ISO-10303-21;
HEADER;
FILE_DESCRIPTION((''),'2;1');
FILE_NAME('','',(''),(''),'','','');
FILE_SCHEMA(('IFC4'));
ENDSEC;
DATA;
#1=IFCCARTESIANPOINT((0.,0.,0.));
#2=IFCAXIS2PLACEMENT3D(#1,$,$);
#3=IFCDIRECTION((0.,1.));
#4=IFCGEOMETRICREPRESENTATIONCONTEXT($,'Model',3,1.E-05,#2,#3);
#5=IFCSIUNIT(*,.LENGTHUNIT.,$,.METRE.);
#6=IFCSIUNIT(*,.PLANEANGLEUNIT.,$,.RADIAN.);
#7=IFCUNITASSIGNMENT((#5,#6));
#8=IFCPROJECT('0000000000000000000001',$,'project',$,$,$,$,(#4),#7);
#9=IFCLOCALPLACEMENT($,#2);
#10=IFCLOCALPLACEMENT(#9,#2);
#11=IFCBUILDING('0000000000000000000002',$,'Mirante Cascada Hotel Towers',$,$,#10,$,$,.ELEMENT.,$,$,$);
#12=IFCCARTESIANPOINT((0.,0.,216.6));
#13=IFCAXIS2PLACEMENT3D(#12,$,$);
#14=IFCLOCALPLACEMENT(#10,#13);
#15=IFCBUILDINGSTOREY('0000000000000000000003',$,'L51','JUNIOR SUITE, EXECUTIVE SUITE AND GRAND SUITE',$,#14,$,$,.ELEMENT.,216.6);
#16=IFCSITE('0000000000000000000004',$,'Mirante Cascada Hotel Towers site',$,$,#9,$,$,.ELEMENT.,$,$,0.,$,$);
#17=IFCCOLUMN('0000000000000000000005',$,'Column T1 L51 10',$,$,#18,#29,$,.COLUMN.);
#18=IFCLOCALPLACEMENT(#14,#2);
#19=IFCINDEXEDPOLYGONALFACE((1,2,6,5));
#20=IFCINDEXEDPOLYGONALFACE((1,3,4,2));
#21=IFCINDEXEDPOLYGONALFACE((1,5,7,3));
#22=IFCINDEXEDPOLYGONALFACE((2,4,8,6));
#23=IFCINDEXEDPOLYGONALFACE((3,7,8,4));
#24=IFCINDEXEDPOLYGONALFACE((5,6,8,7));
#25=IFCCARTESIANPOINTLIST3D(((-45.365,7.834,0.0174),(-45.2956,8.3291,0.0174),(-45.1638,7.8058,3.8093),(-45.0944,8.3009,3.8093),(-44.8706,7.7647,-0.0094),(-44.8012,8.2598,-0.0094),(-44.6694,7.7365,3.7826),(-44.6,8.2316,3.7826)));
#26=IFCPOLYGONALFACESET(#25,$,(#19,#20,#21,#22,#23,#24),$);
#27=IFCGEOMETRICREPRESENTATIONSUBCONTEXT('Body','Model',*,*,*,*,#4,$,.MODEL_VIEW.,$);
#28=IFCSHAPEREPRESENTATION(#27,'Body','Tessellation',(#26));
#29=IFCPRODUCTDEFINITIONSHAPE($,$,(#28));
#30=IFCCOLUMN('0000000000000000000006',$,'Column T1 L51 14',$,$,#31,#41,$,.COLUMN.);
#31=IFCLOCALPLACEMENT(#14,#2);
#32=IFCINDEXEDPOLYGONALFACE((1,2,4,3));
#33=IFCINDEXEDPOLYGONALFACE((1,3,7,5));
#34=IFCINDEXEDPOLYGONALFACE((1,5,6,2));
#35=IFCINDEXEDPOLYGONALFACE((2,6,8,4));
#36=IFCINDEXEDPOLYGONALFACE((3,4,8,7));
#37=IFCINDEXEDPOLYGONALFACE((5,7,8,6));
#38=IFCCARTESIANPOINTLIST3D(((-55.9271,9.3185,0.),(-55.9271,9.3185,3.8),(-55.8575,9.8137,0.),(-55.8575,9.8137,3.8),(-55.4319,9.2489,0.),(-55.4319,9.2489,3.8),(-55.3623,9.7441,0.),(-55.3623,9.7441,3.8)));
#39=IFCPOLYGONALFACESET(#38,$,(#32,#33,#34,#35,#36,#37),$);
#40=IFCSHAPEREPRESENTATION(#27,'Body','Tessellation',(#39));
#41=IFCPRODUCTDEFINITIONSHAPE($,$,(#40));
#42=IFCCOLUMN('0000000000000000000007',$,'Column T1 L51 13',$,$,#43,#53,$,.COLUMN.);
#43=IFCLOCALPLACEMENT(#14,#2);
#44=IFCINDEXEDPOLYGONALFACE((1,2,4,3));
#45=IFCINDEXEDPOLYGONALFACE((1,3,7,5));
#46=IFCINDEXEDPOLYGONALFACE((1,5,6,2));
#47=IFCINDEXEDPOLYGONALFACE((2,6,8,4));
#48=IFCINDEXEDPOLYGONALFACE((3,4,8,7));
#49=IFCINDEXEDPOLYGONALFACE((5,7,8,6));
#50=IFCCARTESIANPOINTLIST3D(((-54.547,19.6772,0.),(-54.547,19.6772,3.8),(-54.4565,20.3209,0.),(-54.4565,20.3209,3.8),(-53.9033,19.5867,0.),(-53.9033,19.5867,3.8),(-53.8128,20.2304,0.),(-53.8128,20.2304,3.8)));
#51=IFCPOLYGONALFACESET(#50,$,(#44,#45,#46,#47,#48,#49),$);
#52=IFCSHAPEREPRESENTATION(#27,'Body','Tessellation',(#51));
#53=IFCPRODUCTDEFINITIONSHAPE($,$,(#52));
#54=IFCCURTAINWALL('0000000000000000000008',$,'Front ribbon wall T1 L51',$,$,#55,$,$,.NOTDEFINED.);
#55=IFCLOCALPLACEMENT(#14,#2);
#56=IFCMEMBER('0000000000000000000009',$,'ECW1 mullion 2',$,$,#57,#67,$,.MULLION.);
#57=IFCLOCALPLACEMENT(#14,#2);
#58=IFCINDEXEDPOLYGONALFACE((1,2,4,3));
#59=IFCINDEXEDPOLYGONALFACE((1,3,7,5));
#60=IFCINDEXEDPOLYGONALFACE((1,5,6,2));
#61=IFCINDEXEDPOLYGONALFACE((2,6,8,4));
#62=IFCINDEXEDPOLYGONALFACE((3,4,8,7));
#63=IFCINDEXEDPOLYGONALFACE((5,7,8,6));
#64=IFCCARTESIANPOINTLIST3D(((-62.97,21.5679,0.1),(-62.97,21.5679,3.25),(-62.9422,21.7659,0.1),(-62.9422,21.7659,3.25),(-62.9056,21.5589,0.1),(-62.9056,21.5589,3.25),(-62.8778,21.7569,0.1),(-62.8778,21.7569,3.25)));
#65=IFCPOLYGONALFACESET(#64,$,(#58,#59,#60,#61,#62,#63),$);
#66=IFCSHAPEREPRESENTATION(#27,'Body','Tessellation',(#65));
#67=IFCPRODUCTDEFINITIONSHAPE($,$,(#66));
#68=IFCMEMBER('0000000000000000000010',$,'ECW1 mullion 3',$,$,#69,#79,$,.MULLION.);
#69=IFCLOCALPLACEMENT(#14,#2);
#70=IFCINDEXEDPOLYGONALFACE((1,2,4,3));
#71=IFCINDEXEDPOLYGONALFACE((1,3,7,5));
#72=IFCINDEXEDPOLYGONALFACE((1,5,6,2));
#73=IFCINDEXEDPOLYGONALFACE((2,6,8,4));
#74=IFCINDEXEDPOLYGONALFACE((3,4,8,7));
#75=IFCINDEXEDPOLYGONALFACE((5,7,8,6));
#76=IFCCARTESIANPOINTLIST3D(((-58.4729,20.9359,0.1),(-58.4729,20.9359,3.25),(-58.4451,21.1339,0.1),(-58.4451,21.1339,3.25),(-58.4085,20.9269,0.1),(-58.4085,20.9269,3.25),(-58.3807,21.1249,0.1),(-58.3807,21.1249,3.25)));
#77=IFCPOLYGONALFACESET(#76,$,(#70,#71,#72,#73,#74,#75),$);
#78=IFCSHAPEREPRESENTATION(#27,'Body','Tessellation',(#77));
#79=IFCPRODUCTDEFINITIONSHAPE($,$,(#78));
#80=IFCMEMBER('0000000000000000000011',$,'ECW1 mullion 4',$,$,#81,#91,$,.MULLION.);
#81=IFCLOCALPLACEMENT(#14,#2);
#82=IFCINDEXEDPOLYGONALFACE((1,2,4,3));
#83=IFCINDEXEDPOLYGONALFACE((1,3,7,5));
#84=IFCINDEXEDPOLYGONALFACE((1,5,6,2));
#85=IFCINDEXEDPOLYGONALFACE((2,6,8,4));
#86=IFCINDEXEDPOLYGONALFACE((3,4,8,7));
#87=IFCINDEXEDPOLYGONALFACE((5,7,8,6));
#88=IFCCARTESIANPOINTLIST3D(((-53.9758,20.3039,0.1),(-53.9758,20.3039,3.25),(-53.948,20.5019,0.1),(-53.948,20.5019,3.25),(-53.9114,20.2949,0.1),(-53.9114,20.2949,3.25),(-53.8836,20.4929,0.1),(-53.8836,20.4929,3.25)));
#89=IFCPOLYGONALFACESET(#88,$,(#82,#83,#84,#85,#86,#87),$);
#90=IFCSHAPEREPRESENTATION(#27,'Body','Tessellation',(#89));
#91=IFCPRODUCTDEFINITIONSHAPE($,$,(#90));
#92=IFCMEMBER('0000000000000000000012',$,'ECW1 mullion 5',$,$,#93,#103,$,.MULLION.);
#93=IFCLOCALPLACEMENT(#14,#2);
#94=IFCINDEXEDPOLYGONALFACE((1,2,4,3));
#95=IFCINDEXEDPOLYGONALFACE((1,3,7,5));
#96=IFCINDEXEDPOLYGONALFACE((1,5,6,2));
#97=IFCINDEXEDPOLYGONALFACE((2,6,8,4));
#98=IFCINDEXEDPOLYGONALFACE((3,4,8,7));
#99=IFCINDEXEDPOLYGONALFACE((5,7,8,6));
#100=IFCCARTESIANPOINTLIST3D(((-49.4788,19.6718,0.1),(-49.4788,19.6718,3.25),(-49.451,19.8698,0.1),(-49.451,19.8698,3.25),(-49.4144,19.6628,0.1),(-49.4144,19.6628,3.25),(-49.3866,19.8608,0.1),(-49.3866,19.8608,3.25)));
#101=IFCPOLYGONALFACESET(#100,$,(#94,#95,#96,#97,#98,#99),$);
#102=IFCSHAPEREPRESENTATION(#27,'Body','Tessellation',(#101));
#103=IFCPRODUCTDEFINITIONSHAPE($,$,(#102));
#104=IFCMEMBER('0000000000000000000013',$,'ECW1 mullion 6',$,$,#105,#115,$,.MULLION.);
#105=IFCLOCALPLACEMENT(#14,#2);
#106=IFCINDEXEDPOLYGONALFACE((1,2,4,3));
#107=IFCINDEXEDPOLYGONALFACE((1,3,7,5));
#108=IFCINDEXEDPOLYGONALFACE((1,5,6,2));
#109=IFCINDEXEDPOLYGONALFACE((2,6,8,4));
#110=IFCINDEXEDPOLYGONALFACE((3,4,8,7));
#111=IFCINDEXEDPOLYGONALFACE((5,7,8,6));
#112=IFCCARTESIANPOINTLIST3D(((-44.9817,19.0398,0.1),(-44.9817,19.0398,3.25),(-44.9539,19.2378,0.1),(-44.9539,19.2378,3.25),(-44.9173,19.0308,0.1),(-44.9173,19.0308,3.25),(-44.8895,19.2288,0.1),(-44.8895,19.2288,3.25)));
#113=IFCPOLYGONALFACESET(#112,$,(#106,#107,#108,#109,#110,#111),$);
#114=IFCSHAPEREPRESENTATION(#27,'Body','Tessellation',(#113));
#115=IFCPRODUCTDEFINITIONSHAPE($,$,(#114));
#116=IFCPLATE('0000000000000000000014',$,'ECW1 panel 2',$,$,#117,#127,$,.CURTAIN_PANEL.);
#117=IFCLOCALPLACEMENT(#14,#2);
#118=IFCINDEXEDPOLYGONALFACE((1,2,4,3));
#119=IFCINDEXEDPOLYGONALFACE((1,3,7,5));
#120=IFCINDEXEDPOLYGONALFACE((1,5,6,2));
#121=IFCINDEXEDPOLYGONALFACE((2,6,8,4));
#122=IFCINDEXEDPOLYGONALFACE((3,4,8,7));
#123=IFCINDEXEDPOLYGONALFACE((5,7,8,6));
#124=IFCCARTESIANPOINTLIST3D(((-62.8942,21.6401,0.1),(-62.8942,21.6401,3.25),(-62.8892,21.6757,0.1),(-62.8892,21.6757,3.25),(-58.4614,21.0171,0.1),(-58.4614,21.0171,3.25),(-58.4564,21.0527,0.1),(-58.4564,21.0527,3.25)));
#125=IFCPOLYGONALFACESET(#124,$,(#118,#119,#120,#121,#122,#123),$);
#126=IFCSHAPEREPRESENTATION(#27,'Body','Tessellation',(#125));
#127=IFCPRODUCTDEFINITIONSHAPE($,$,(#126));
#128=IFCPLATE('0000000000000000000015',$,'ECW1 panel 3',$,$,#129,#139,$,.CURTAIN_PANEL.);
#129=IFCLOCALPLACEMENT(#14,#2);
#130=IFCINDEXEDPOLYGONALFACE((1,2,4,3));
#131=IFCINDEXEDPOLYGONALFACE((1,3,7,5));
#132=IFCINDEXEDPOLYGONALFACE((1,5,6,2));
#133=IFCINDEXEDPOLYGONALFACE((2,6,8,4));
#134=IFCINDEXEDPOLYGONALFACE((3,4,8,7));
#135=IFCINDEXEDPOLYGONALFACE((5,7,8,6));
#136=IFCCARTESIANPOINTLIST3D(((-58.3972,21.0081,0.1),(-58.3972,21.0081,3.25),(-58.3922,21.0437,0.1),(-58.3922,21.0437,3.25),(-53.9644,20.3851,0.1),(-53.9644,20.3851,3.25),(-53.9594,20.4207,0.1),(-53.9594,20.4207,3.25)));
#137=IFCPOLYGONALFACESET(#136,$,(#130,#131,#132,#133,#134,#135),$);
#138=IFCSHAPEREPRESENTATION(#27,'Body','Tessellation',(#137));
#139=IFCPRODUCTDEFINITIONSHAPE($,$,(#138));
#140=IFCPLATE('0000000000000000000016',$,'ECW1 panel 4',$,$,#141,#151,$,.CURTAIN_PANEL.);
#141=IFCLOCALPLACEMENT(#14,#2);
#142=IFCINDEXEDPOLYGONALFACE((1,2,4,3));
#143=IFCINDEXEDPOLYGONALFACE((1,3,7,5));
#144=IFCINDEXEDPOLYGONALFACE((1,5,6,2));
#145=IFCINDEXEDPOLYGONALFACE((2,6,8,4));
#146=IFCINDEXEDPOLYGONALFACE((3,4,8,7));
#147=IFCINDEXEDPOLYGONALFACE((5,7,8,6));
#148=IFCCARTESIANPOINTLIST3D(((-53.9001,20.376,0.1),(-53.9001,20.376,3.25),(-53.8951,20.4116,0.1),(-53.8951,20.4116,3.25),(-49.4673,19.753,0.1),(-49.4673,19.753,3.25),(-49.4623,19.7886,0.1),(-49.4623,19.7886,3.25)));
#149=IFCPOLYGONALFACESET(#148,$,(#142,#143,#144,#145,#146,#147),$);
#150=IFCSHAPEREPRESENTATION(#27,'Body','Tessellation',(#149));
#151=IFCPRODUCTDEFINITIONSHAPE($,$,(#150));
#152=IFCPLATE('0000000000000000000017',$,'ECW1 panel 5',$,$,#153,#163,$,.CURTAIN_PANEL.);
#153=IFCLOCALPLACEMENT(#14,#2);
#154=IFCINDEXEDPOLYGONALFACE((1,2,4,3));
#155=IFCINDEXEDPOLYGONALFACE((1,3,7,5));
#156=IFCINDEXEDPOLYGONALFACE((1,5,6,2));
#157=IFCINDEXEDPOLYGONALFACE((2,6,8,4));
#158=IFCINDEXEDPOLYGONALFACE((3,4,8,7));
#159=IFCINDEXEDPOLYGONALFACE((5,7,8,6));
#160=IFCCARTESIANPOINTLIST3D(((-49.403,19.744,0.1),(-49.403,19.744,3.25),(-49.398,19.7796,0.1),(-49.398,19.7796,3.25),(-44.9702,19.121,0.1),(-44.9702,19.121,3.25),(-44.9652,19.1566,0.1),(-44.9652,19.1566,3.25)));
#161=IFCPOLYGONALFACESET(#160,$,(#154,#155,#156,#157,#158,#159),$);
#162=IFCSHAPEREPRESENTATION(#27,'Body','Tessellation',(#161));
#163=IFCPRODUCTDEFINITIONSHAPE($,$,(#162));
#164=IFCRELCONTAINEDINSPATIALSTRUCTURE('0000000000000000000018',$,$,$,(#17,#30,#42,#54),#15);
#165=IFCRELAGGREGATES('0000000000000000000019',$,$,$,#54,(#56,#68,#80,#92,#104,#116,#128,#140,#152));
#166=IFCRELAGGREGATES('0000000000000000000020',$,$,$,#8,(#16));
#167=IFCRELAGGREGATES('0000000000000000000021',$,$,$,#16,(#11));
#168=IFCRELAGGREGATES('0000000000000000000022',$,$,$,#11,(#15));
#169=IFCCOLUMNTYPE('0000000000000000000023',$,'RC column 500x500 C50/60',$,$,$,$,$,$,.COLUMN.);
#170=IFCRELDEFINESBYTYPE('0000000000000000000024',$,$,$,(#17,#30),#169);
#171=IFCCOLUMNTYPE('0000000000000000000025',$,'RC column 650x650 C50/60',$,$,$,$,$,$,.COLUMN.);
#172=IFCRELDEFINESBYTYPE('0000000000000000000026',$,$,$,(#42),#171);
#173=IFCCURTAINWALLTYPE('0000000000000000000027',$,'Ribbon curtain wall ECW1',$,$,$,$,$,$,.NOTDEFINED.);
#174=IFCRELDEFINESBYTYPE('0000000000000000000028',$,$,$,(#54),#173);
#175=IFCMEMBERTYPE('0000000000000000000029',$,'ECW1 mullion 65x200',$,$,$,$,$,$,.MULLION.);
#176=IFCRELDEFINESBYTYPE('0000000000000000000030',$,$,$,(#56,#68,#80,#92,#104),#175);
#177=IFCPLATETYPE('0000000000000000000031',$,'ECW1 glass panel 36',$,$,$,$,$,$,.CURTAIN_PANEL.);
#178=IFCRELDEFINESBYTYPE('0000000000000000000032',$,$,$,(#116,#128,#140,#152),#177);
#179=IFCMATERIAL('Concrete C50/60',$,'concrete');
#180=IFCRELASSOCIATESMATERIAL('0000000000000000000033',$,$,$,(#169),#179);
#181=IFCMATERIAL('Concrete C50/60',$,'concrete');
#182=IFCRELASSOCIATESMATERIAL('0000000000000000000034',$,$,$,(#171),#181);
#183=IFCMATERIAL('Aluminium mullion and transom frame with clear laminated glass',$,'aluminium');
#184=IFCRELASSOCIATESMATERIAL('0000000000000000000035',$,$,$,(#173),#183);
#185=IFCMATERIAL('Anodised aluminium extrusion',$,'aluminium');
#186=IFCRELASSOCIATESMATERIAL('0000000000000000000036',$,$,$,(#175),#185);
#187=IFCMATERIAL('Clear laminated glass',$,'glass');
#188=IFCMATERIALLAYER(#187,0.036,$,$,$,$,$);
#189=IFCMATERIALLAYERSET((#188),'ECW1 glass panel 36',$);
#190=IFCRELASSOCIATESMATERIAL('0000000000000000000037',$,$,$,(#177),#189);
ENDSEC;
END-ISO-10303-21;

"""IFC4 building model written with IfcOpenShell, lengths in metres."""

from ifc_helpers import new_model, si_unit, direction, frame, origin, origin_2d, place, context, subcontext, project, spatial, rectangle, extrude, material, layer, layer_set, material_profile, profile_set, type_object, element, aggregate, save


model = new_model("IFC4")

# Units and contexts
model_context = context("Model", 3, precision=1e-05, world=origin(), true_north=direction((0.0, 1.0)))
body_context = subcontext(model_context, "Body", "Model", "MODEL_VIEW")
ifc_project = project(units=[si_unit("LENGTHUNIT", "METRE"), si_unit("PLANEANGLEUNIT", "RADIAN")], contexts=[model_context])

# Site, building, storey
site_placement = place(None, origin())
site = spatial("IfcSite", under=ifc_project, at=site_placement, Name="Mirante Cascada Hotel Towers site", CompositionType="ELEMENT", RefElevation=0.0)
building_placement = place(site_placement, origin())
building = spatial("IfcBuilding", under=site, at=building_placement, Name="Mirante Cascada Hotel Towers", CompositionType="ELEMENT")
storey_placement = place(building_placement, frame((0.0, 0.0, 216.6)))
storey = spatial("IfcBuildingStorey", under=building, at=storey_placement, Name="L51", Description="JUNIOR SUITE, EXECUTIVE SUITE AND GRAND SUITE", CompositionType="ELEMENT", Elevation=216.6)

# Columns
ifc_material_1 = material(Name="Concrete C50/60", Category="concrete")
ifc_material_profile_1 = material_profile(ifc_material_1, rectangle(XDim=0.5, YDim=0.5, at=origin_2d()), Name="RC column 500x500 C50/60")
ifc_profile_set_1 = profile_set([ifc_material_profile_1], Name="Concrete C50/60")
column_type_1 = type_object("IfcColumnType", Name="RC column 500x500 C50/60", PredefinedType="COLUMN", material=ifc_profile_set_1)
column_1_placement = place(storey_placement, frame((-45.0831, 8.0469, 0.004), z_axis=(0.052983, -0.007426, 0.998568), x_axis=(0.138802, 0.99032, 0.0)))
element("IfcColumn", 1, at=column_1_placement, inside=storey, type_object=column_type_1, Name="Column T1 L51 10", PredefinedType="COLUMN", context=body_context, shape_type="SweptSolid", body=[
    extrude(rectangle(XDim=0.5, YDim=0.5, at=origin_2d()), origin(), (0.0, 0.0, 1.0), 3.7974),
])
column_2_placement = place(storey_placement, frame((-55.6447, 9.5313, 0.0), z_axis=(0.0, 0.0, 1.0), x_axis=(-0.990268, 0.139173, 0.0)))
element("IfcColumn", 2, at=column_2_placement, inside=storey, type_object=column_type_1, Name="Column T1 L51 14", PredefinedType="COLUMN", context=body_context, shape_type="SweptSolid", body=[
    extrude(rectangle(XDim=0.5, YDim=0.5, at=origin_2d()), origin(), (0.0, 0.0, 1.0), 3.8),
])
ifc_material_2 = material(Name="Concrete C50/60", Category="concrete")
ifc_material_profile_2 = material_profile(ifc_material_2, rectangle(XDim=0.65, YDim=0.65, at=origin_2d()), Name="RC column 650x650 C50/60")
ifc_profile_set_2 = profile_set([ifc_material_profile_2], Name="Concrete C50/60")
column_type_2 = type_object("IfcColumnType", Name="RC column 650x650 C50/60", PredefinedType="COLUMN", material=ifc_profile_set_2)
column_3_placement = place(storey_placement, frame((-54.1799, 19.9538, 0.0), z_axis=(0.0, 0.0, 1.0), x_axis=(-0.990268, 0.139173, 0.0)))
element("IfcColumn", 3, at=column_3_placement, inside=storey, type_object=column_type_2, Name="Column T1 L51 13", PredefinedType="COLUMN", context=body_context, shape_type="SweptSolid", body=[
    extrude(rectangle(XDim=0.65, YDim=0.65, at=origin_2d()), origin(), (0.0, 0.0, 1.0), 3.8),
])

# Curtain wall, members, plates
ifc_material_3 = material(Name="Aluminium mullion and transom frame with clear laminated glass", Category="aluminium")
curtain_wall_type = type_object("IfcCurtainWallType", Name="Ribbon curtain wall ECW1", PredefinedType="NOTDEFINED", material=ifc_material_3)
curtain_wall_placement = place(storey_placement, origin())
curtain_wall = element("IfcCurtainWall", 4, at=curtain_wall_placement, inside=storey, type_object=curtain_wall_type, Name="Front ribbon wall T1 L51", PredefinedType="NOTDEFINED")
ifc_material_4 = material(Name="Anodised aluminium extrusion", Category="aluminium")
ifc_material_profile_3 = material_profile(ifc_material_4, rectangle(XDim=0.2, YDim=0.065, at=origin_2d()), Name="ECW1 MULLION 65x200")
ifc_profile_set_3 = profile_set([ifc_material_profile_3], Name="Anodised aluminium extrusion")
member_type = type_object("IfcMemberType", Name="ECW1 mullion 65x200", PredefinedType="MULLION", material=ifc_profile_set_3)
member_1_placement = place(storey_placement, frame((-62.9239, 21.6624, 0.1), z_axis=(0.0, 0.0, 1.0), x_axis=(0.139173, 0.990268, 0.0)))
member_1 = element("IfcMember", 5, at=member_1_placement, type_object=member_type, Name="ECW1 mullion 2", PredefinedType="MULLION", context=body_context, shape_type="SweptSolid", body=[
    extrude(rectangle(XDim=0.2, YDim=0.065, at=origin_2d()), origin(), (0.0, 0.0, 1.0), 3.15),
])
member_2_placement = place(storey_placement, frame((-58.4268, 21.0304, 0.1), z_axis=(0.0, 0.0, 1.0), x_axis=(0.139173, 0.990268, 0.0)))
member_2 = element("IfcMember", 6, at=member_2_placement, type_object=member_type, Name="ECW1 mullion 3", PredefinedType="MULLION", context=body_context, shape_type="SweptSolid", body=[
    extrude(rectangle(XDim=0.2, YDim=0.065, at=origin_2d()), origin(), (0.0, 0.0, 1.0), 3.15),
])
member_3_placement = place(storey_placement, frame((-53.9297, 20.3984, 0.1), z_axis=(0.0, 0.0, 1.0), x_axis=(0.139173, 0.990268, 0.0)))
member_3 = element("IfcMember", 7, at=member_3_placement, type_object=member_type, Name="ECW1 mullion 4", PredefinedType="MULLION", context=body_context, shape_type="SweptSolid", body=[
    extrude(rectangle(XDim=0.2, YDim=0.065, at=origin_2d()), origin(), (0.0, 0.0, 1.0), 3.15),
])
member_4_placement = place(storey_placement, frame((-49.4327, 19.7663, 0.1), z_axis=(0.0, 0.0, 1.0), x_axis=(0.139173, 0.990268, 0.0)))
member_4 = element("IfcMember", 8, at=member_4_placement, type_object=member_type, Name="ECW1 mullion 5", PredefinedType="MULLION", context=body_context, shape_type="SweptSolid", body=[
    extrude(rectangle(XDim=0.2, YDim=0.065, at=origin_2d()), origin(), (0.0, 0.0, 1.0), 3.15),
])
member_5_placement = place(storey_placement, frame((-44.9356, 19.1343, 0.1), z_axis=(0.0, 0.0, 1.0), x_axis=(0.139173, 0.990268, 0.0)))
member_5 = element("IfcMember", 9, at=member_5_placement, type_object=member_type, Name="ECW1 mullion 6", PredefinedType="MULLION", context=body_context, shape_type="SweptSolid", body=[
    extrude(rectangle(XDim=0.2, YDim=0.065, at=origin_2d()), origin(), (0.0, 0.0, 1.0), 3.15),
])
ifc_material_5 = material(Name="Clear laminated glass", Category="glass")
ifc_layer_1 = layer(ifc_material_5, 0.036)
ifc_layer_set_1 = layer_set([ifc_layer_1], Name="ECW1 glass panel 36")
plate_type = type_object("IfcPlateType", Name="ECW1 glass panel 36", PredefinedType="CURTAIN_PANEL", material=ifc_layer_set_1)
plate_1_placement = place(storey_placement, frame((-60.6753, 21.3464, 0.1), z_axis=(0.0, 0.0, 1.0), x_axis=(0.990268, -0.139173, 0.0)))
plate_1 = element("IfcPlate", 10, at=plate_1_placement, type_object=plate_type, Name="ECW1 panel 2", PredefinedType="CURTAIN_PANEL", context=body_context, shape_type="SweptSolid", body=[
    extrude(rectangle(XDim=4.4763, YDim=0.036, at=origin_2d()), origin(), (0.0, 0.0, 1.0), 3.15),
])
plate_2_placement = place(storey_placement, frame((-56.1783, 20.7144, 0.1), z_axis=(0.0, 0.0, 1.0), x_axis=(0.990268, -0.139173, 0.0)))
plate_2 = element("IfcPlate", 11, at=plate_2_placement, type_object=plate_type, Name="ECW1 panel 3", PredefinedType="CURTAIN_PANEL", context=body_context, shape_type="SweptSolid", body=[
    extrude(rectangle(XDim=4.4763, YDim=0.036, at=origin_2d()), origin(), (0.0, 0.0, 1.0), 3.15),
])
plate_3_placement = place(storey_placement, frame((-51.6812, 20.0823, 0.1), z_axis=(0.0, 0.0, 1.0), x_axis=(0.990268, -0.139173, 0.0)))
plate_3 = element("IfcPlate", 12, at=plate_3_placement, type_object=plate_type, Name="ECW1 panel 4", PredefinedType="CURTAIN_PANEL", context=body_context, shape_type="SweptSolid", body=[
    extrude(rectangle(XDim=4.4763, YDim=0.036, at=origin_2d()), origin(), (0.0, 0.0, 1.0), 3.15),
])
plate_4_placement = place(storey_placement, frame((-47.1841, 19.4503, 0.1), z_axis=(0.0, 0.0, 1.0), x_axis=(0.990268, -0.139173, 0.0)))
plate_4 = element("IfcPlate", 13, at=plate_4_placement, type_object=plate_type, Name="ECW1 panel 5", PredefinedType="CURTAIN_PANEL", context=body_context, shape_type="SweptSolid", body=[
    extrude(rectangle(XDim=4.4763, YDim=0.036, at=origin_2d()), origin(), (0.0, 0.0, 1.0), 3.15),
])
aggregate(curtain_wall, [member_1, member_2, member_3, member_4, member_5, plate_1, plate_2, plate_3, plate_4])

save(model, "model.ifc")
